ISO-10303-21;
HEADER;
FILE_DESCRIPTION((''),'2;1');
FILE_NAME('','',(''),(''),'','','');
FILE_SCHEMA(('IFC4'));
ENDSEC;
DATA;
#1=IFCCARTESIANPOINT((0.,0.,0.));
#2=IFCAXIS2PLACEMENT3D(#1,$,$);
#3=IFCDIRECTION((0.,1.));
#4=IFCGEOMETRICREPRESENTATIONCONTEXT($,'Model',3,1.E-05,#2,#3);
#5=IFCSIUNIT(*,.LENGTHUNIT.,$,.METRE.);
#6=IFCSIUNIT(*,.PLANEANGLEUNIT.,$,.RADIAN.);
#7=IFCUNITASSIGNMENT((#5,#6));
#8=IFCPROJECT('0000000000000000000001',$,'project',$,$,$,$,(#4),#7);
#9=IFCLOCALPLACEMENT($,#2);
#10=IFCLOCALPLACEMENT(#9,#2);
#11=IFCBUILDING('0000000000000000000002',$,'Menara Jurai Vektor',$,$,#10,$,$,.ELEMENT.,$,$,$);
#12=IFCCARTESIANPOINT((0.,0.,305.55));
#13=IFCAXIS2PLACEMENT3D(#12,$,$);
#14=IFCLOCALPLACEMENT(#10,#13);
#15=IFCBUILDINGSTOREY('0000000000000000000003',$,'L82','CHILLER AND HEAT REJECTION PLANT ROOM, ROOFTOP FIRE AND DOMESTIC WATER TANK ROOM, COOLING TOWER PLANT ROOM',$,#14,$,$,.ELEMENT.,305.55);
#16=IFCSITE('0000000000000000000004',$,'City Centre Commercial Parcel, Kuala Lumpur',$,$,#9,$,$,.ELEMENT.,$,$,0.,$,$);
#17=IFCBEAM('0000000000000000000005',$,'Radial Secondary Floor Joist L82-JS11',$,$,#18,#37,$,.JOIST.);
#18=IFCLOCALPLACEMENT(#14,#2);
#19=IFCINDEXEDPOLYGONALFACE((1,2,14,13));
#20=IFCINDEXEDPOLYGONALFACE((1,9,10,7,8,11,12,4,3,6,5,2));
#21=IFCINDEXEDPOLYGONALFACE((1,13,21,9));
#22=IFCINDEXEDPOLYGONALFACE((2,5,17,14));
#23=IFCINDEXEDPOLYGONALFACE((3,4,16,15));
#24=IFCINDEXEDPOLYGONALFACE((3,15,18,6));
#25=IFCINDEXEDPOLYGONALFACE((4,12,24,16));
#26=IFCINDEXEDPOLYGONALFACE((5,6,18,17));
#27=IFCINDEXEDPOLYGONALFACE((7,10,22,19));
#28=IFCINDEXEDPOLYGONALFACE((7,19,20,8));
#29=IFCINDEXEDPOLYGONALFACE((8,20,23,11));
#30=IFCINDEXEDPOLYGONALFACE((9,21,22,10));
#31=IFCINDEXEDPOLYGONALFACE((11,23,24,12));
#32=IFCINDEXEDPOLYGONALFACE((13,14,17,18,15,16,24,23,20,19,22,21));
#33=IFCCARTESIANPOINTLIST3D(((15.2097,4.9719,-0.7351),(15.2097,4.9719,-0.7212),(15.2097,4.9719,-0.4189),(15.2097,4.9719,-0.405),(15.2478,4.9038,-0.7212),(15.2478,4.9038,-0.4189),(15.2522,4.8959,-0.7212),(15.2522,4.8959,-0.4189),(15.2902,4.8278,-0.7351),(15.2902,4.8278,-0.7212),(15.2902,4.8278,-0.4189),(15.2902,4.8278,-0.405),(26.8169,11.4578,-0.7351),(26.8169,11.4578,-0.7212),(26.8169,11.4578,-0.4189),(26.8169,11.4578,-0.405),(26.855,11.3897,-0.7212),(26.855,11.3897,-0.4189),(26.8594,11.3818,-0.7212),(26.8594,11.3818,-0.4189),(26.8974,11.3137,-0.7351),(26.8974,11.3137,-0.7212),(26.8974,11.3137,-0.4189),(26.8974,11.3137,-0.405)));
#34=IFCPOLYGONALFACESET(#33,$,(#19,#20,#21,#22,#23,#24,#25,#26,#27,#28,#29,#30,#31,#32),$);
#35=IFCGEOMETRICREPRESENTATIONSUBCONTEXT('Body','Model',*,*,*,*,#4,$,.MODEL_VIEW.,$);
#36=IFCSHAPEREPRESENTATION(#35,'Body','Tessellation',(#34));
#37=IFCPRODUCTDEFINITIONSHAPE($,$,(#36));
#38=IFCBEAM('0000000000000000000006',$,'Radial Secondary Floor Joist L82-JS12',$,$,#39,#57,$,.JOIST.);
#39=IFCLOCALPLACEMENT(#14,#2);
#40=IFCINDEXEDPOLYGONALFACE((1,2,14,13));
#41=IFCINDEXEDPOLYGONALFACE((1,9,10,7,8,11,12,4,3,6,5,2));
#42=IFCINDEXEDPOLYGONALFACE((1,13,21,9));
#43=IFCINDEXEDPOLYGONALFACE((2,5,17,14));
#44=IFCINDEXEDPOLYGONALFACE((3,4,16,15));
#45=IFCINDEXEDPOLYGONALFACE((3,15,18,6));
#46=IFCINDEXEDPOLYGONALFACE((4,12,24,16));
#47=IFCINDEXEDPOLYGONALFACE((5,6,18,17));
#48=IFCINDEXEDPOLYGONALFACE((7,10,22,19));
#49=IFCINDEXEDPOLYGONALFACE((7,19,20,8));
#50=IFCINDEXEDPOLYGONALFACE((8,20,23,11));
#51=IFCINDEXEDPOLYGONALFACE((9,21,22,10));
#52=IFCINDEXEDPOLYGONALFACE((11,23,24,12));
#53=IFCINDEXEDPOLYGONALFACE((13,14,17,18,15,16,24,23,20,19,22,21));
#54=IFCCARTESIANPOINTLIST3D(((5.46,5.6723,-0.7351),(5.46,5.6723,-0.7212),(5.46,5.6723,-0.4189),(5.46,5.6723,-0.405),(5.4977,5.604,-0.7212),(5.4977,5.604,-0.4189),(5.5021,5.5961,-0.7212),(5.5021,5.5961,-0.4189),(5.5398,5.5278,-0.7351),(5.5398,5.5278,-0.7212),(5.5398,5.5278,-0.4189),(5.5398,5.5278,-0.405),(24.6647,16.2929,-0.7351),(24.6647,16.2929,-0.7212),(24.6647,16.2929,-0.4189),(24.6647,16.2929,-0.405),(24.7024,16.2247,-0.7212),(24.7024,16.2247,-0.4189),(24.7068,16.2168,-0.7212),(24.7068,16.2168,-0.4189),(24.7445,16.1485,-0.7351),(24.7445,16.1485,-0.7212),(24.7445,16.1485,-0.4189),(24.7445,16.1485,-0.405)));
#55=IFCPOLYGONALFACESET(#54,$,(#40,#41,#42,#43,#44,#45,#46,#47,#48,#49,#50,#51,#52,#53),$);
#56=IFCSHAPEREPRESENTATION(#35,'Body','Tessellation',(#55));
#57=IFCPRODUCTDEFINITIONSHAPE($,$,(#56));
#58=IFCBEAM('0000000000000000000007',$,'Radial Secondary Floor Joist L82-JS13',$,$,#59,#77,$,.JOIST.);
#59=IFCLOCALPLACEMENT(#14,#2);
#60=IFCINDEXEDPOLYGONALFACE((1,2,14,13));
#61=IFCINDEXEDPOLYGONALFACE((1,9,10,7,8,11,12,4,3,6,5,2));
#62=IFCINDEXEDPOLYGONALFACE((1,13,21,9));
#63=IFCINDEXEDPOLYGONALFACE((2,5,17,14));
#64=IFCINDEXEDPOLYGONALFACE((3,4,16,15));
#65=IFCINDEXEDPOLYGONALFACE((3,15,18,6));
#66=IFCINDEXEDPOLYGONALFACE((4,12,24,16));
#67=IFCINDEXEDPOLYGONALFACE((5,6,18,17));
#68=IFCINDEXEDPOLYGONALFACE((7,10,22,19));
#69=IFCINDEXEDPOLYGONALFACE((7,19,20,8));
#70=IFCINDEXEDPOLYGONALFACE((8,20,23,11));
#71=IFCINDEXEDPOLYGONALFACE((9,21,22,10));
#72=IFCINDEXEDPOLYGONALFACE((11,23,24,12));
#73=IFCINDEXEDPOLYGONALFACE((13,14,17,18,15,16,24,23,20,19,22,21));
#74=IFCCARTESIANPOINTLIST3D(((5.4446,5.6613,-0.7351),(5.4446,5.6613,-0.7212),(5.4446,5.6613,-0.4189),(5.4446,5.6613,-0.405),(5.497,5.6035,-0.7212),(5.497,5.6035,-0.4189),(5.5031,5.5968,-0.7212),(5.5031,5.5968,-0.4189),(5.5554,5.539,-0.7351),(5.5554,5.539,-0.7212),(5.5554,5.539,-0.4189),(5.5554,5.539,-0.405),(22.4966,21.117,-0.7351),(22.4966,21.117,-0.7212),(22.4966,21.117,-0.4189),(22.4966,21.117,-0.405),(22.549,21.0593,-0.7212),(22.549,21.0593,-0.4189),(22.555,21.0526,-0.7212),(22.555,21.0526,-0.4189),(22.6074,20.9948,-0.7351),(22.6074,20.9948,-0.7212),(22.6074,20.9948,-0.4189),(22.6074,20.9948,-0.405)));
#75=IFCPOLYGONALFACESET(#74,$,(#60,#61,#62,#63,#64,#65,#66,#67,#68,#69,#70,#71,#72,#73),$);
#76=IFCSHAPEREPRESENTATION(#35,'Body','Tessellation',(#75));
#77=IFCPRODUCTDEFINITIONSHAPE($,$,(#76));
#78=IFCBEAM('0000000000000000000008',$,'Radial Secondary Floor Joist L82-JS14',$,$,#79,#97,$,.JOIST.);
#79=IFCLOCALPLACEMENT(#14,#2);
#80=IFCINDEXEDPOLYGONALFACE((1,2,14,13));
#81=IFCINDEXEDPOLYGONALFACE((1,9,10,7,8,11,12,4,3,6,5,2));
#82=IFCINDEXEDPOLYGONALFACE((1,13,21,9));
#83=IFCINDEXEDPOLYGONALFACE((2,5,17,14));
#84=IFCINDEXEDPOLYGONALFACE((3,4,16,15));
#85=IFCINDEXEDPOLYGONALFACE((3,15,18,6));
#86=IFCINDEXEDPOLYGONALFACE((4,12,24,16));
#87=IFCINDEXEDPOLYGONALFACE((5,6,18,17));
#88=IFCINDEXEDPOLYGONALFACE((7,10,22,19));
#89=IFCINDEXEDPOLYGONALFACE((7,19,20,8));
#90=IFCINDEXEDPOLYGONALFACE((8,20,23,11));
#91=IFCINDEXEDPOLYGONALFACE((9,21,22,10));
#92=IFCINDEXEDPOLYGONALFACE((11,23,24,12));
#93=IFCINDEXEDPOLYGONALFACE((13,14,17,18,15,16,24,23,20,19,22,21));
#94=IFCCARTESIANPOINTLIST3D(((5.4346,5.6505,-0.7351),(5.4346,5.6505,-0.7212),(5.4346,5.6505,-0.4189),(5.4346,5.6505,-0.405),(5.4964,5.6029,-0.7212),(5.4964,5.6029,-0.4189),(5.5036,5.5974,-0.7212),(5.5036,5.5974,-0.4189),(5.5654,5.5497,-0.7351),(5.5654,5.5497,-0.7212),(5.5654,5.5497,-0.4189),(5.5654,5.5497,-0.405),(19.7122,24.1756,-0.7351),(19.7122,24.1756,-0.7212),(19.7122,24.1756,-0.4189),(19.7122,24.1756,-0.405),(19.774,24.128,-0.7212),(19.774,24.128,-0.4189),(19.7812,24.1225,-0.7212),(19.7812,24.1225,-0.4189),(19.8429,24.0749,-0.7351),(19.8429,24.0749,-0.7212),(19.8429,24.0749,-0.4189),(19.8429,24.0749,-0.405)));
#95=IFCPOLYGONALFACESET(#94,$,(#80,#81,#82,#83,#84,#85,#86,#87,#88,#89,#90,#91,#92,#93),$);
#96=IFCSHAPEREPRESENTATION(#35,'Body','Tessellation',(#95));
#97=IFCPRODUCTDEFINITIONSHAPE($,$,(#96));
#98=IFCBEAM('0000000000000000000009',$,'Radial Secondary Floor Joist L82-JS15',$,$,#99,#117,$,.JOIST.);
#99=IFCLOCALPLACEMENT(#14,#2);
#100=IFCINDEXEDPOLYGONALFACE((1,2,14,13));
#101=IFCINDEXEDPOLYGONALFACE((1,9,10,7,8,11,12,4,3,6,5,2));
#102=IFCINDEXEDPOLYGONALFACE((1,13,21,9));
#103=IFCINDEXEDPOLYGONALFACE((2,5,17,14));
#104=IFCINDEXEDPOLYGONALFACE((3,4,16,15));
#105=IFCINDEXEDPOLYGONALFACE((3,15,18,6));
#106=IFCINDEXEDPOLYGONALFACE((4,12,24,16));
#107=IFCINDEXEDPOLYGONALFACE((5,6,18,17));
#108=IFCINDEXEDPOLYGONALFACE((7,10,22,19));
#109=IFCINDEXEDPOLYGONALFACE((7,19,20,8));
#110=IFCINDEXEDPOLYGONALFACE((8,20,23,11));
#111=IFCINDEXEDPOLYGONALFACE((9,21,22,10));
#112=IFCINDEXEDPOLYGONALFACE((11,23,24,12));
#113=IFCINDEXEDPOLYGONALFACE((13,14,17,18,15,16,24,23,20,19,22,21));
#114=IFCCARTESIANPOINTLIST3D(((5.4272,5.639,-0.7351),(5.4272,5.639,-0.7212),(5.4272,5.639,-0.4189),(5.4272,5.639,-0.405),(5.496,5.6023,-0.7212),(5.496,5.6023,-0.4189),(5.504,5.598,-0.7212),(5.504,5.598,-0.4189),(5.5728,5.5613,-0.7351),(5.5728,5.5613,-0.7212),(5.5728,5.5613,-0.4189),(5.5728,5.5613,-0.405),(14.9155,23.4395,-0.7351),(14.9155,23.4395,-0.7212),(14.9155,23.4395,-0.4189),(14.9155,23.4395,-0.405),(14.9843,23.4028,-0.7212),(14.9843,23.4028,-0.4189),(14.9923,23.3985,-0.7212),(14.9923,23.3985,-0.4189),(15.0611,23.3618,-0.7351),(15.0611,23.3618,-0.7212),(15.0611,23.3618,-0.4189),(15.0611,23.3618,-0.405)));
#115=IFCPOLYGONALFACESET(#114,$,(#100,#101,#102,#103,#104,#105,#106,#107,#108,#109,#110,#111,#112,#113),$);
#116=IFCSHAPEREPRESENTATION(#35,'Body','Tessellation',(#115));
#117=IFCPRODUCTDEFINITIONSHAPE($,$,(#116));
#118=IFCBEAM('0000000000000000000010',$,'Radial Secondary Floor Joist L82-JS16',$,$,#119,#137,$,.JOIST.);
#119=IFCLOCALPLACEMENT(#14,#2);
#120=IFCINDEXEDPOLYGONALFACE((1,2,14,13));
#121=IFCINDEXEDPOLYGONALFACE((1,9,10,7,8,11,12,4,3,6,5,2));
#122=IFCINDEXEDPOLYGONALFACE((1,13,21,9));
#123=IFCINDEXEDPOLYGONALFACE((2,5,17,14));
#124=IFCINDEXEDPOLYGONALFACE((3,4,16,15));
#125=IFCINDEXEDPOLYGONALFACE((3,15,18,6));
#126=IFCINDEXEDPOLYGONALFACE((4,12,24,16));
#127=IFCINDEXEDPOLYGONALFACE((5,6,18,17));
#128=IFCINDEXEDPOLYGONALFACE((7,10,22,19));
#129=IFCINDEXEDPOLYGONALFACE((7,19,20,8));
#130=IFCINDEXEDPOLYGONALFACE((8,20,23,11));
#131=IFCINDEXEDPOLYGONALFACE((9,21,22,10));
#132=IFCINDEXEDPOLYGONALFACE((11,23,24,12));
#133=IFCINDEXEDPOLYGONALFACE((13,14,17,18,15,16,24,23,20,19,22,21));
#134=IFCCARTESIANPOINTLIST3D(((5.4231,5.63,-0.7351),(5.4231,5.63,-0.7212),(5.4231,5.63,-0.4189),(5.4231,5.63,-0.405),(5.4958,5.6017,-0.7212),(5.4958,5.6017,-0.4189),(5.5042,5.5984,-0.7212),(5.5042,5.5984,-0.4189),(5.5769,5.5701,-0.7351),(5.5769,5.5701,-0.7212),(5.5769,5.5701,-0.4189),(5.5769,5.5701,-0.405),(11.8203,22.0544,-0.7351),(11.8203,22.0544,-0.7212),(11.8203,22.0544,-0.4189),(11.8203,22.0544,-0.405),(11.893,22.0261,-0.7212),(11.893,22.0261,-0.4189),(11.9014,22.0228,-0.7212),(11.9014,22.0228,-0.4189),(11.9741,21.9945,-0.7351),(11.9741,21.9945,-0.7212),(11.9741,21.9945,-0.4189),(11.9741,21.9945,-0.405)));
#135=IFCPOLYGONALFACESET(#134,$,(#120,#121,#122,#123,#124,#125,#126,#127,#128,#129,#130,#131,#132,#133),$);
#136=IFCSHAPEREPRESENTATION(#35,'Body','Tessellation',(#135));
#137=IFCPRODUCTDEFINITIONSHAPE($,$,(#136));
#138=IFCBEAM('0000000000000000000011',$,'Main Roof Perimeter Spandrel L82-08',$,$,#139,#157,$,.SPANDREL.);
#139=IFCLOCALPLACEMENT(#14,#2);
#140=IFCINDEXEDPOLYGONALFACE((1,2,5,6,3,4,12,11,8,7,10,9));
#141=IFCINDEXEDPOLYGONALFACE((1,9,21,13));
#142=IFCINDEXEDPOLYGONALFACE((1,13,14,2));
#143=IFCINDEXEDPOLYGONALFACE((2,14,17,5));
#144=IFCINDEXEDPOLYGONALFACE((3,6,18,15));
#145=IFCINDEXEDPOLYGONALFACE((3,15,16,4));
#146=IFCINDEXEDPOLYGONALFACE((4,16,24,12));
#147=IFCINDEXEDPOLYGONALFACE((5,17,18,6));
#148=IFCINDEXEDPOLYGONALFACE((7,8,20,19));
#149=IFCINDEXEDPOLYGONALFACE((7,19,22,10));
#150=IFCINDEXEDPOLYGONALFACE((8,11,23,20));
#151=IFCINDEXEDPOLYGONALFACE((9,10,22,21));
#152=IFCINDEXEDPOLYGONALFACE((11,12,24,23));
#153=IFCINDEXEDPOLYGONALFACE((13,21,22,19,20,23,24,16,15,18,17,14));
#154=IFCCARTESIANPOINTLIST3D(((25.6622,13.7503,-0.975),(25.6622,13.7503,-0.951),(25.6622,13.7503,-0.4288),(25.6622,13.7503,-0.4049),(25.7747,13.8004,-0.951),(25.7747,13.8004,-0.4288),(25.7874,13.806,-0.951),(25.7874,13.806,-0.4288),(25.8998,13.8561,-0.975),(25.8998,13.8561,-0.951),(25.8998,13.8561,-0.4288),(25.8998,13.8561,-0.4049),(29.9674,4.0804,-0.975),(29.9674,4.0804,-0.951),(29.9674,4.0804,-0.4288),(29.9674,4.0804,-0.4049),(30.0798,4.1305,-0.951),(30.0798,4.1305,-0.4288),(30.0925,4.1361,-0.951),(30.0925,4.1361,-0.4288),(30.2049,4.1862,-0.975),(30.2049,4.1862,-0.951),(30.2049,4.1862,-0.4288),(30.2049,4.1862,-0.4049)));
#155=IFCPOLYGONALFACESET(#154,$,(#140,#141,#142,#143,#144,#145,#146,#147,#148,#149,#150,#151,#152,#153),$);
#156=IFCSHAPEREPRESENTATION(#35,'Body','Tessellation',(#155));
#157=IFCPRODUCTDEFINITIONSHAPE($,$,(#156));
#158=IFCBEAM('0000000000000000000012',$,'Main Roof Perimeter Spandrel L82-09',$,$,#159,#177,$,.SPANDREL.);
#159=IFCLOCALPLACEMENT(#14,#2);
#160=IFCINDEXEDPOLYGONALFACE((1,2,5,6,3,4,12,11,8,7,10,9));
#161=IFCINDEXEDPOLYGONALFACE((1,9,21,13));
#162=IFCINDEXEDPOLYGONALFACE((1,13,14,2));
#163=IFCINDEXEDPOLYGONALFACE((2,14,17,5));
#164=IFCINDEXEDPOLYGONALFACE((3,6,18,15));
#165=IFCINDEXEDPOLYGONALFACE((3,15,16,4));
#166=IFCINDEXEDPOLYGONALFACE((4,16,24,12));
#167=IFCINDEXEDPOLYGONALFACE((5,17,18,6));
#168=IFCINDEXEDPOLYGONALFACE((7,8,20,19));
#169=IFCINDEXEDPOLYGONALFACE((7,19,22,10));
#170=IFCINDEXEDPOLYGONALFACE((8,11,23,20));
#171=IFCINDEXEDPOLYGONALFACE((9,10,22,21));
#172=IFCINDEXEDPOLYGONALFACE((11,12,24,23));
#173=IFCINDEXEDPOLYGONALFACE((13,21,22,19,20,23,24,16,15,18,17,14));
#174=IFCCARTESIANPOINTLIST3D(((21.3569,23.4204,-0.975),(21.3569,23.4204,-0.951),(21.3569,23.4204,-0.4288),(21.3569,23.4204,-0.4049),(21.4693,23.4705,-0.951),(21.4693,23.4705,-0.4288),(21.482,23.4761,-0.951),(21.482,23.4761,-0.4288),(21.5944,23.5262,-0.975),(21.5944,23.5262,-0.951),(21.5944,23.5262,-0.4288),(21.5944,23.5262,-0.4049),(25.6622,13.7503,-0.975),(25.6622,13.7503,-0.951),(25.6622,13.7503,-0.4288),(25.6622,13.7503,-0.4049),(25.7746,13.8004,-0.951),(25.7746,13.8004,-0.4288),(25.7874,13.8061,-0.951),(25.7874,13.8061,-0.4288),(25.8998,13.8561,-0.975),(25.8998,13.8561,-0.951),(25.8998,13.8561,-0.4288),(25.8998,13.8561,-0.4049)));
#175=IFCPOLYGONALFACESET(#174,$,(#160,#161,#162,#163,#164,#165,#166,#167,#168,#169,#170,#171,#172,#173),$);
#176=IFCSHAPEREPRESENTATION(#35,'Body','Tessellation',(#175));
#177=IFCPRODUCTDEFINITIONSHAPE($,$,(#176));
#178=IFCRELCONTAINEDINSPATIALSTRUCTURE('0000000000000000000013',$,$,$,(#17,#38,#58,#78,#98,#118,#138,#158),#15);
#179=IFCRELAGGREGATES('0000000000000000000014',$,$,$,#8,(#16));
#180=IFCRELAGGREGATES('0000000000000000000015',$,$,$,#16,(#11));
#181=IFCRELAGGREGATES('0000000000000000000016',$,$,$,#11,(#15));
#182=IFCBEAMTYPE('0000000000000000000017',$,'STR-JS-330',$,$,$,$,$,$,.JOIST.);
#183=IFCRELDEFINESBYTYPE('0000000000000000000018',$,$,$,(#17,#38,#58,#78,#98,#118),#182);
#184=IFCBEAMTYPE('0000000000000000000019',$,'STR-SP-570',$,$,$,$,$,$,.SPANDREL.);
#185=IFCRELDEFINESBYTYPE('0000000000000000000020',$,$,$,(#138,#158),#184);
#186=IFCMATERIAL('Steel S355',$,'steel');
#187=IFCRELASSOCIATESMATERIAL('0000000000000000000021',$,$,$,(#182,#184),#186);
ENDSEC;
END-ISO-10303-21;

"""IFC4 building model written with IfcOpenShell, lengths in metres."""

from ifc_helpers import new_model, si_unit, direction, frame, origin, origin_2d, place, context, subcontext, project, spatial, i_section, extrude, material, material_profile, profile_set, type_object, element, save


model = new_model("IFC4")

# Units and contexts
model_context = context("Model", 3, precision=1e-05, world=origin(), true_north=direction((0.0, 1.0)))
body_context = subcontext(model_context, "Body", "Model", "MODEL_VIEW")
ifc_project = project(units=[si_unit("LENGTHUNIT", "METRE"), si_unit("PLANEANGLEUNIT", "RADIAN")], contexts=[model_context])

# Site, building, storey
site_placement = place(None, origin())
site = spatial("IfcSite", under=ifc_project, at=site_placement, Name="City Centre Commercial Parcel, Kuala Lumpur", CompositionType="ELEMENT", RefElevation=0.0)
building_placement = place(site_placement, origin())
building = spatial("IfcBuilding", under=site, at=building_placement, Name="Menara Jurai Vektor", CompositionType="ELEMENT")
storey_placement = place(building_placement, frame((0.0, 0.0, 305.55)))
storey = spatial("IfcBuildingStorey", under=building, at=storey_placement, Name="L82", Description="CHILLER AND HEAT REJECTION PLANT ROOM, ROOFTOP FIRE AND DOMESTIC WATER TANK ROOM, COOLING TOWER PLANT ROOM", CompositionType="ELEMENT", Elevation=305.55)

# Beams
ifc_material_1 = material(Name="Steel S355", Category="steel")
ifc_material_profile_1 = material_profile(ifc_material_1, i_section(OverallWidth=0.165, OverallDepth=0.3301, WebThickness=0.009, FlangeThickness=0.0139, at=origin_2d()), Name="PG 330x165x46")
ifc_profile_set_1 = profile_set([ifc_material_profile_1], Name="Steel S355")
beam_type_1 = type_object("IfcBeamType", Name="STR-JS-330", PredefinedType="JOIST", material=ifc_profile_set_1)
beam_1_placement = place(storey_placement, frame((26.8572, 11.3857, -0.5701), z_axis=(-0.87296, -0.487791, 0.0), x_axis=(0.487791, -0.87296, 0.0)))
element("IfcBeam", 1, at=beam_1_placement, inside=storey, type_object=beam_type_1, Name="Radial Secondary Floor Joist L82-JS11", PredefinedType="JOIST", context=body_context, shape_type="SweptSolid", body=[
    extrude(i_section(OverallWidth=0.165, OverallDepth=0.3301, WebThickness=0.009, FlangeThickness=0.0139, at=origin_2d()), origin(), (0.0, 0.0, 1.0), 13.2964),
])
beam_2_placement = place(storey_placement, frame((24.7046, 16.2207, -0.5701), z_axis=(-0.875096, -0.483949, 0.0), x_axis=(0.483949, -0.875096, 0.0)))
element("IfcBeam", 2, at=beam_2_placement, inside=storey, type_object=beam_type_1, Name="Radial Secondary Floor Joist L82-JS12", PredefinedType="JOIST", context=body_context, shape_type="SweptSolid", body=[
    extrude(i_section(OverallWidth=0.165, OverallDepth=0.3301, WebThickness=0.009, FlangeThickness=0.0139, at=origin_2d()), origin(), (0.0, 0.0, 1.0), 21.9458),
])
beam_3_placement = place(storey_placement, frame((22.552, 21.0559, -0.5701), z_axis=(-0.740934, -0.671577, 0.0), x_axis=(0.671577, -0.740934, 0.0)))
element("IfcBeam", 3, at=beam_3_placement, inside=storey, type_object=beam_type_1, Name="Radial Secondary Floor Joist L82-JS13", PredefinedType="JOIST", context=body_context, shape_type="SweptSolid", body=[
    extrude(i_section(OverallWidth=0.165, OverallDepth=0.3301, WebThickness=0.009, FlangeThickness=0.0139, at=origin_2d()), origin(), (0.0, 0.0, 1.0), 23.0142),
])
beam_4_placement = place(storey_placement, frame((19.7776, 24.1252, -0.5701), z_axis=(-0.610449, -0.792056, 0.0), x_axis=(0.792056, -0.610449, 0.0)))
element("IfcBeam", 4, at=beam_4_placement, inside=storey, type_object=beam_type_1, Name="Radial Secondary Floor Joist L82-JS14", PredefinedType="JOIST", context=body_context, shape_type="SweptSolid", body=[
    extrude(i_section(OverallWidth=0.165, OverallDepth=0.3301, WebThickness=0.009, FlangeThickness=0.0139, at=origin_2d()), origin(), (0.0, 0.0, 1.0), 23.3887),
])
beam_5_placement = place(storey_placement, frame((14.9883, 23.4006, -0.5701), z_axis=(-0.470382, -0.882463, 0.0), x_axis=(0.882463, -0.470382, 0.0)))
element("IfcBeam", 5, at=beam_5_placement, inside=storey, type_object=beam_type_1, Name="Radial Secondary Floor Joist L82-JS15", PredefinedType="JOIST", context=body_context, shape_type="SweptSolid", body=[
    extrude(i_section(OverallWidth=0.165, OverallDepth=0.3301, WebThickness=0.009, FlangeThickness=0.0139, at=origin_2d()), origin(), (0.0, 0.0, 1.0), 20.1714),
])
beam_6_placement = place(storey_placement, frame((11.8972, 22.0244, -0.5701), z_axis=(-0.362938, -0.931813, 0.0), x_axis=(0.931813, -0.362938, 0.0)))
element("IfcBeam", 6, at=beam_6_placement, inside=storey, type_object=beam_type_1, Name="Radial Secondary Floor Joist L82-JS16", PredefinedType="JOIST", context=body_context, shape_type="SweptSolid", body=[
    extrude(i_section(OverallWidth=0.165, OverallDepth=0.3301, WebThickness=0.009, FlangeThickness=0.0139, at=origin_2d()), origin(), (0.0, 0.0, 1.0), 17.6262),
])
ifc_material_profile_2 = material_profile(ifc_material_1, i_section(OverallWidth=0.26, OverallDepth=0.5701, WebThickness=0.0139, FlangeThickness=0.0239, at=origin_2d()), Name="PG 570x260x145")
ifc_profile_set_2 = profile_set([ifc_material_profile_2], Name="Steel S355")
beam_type_2 = type_object("IfcBeamType", Name="STR-SP-570", PredefinedType="SPANDREL", material=ifc_profile_set_2)
beam_7_placement = place(storey_placement, frame((30.0862, 4.1333, -0.6899), z_axis=(-0.406725, 0.913551, 0.0), x_axis=(-0.913551, -0.406725, 0.0)))
element("IfcBeam", 7, at=beam_7_placement, inside=storey, type_object=beam_type_2, Name="Main Roof Perimeter Spandrel L82-08", PredefinedType="SPANDREL", context=body_context, shape_type="SweptSolid", body=[
    extrude(i_section(OverallWidth=0.26, OverallDepth=0.5701, WebThickness=0.0139, FlangeThickness=0.0239, at=origin_2d()), origin(), (0.0, 0.0, 1.0), 10.585),
])
beam_8_placement = place(storey_placement, frame((25.781, 13.8032, -0.6899), z_axis=(-0.406735, 0.913546, 0.0), x_axis=(-0.913546, -0.406735, 0.0)))
element("IfcBeam", 8, at=beam_8_placement, inside=storey, type_object=beam_type_2, Name="Main Roof Perimeter Spandrel L82-09", PredefinedType="SPANDREL", context=body_context, shape_type="SweptSolid", body=[
    extrude(i_section(OverallWidth=0.26, OverallDepth=0.5701, WebThickness=0.0139, FlangeThickness=0.0239, at=origin_2d()), origin(), (0.0, 0.0, 1.0), 10.5852),
])

save(model, "model.ifc")
